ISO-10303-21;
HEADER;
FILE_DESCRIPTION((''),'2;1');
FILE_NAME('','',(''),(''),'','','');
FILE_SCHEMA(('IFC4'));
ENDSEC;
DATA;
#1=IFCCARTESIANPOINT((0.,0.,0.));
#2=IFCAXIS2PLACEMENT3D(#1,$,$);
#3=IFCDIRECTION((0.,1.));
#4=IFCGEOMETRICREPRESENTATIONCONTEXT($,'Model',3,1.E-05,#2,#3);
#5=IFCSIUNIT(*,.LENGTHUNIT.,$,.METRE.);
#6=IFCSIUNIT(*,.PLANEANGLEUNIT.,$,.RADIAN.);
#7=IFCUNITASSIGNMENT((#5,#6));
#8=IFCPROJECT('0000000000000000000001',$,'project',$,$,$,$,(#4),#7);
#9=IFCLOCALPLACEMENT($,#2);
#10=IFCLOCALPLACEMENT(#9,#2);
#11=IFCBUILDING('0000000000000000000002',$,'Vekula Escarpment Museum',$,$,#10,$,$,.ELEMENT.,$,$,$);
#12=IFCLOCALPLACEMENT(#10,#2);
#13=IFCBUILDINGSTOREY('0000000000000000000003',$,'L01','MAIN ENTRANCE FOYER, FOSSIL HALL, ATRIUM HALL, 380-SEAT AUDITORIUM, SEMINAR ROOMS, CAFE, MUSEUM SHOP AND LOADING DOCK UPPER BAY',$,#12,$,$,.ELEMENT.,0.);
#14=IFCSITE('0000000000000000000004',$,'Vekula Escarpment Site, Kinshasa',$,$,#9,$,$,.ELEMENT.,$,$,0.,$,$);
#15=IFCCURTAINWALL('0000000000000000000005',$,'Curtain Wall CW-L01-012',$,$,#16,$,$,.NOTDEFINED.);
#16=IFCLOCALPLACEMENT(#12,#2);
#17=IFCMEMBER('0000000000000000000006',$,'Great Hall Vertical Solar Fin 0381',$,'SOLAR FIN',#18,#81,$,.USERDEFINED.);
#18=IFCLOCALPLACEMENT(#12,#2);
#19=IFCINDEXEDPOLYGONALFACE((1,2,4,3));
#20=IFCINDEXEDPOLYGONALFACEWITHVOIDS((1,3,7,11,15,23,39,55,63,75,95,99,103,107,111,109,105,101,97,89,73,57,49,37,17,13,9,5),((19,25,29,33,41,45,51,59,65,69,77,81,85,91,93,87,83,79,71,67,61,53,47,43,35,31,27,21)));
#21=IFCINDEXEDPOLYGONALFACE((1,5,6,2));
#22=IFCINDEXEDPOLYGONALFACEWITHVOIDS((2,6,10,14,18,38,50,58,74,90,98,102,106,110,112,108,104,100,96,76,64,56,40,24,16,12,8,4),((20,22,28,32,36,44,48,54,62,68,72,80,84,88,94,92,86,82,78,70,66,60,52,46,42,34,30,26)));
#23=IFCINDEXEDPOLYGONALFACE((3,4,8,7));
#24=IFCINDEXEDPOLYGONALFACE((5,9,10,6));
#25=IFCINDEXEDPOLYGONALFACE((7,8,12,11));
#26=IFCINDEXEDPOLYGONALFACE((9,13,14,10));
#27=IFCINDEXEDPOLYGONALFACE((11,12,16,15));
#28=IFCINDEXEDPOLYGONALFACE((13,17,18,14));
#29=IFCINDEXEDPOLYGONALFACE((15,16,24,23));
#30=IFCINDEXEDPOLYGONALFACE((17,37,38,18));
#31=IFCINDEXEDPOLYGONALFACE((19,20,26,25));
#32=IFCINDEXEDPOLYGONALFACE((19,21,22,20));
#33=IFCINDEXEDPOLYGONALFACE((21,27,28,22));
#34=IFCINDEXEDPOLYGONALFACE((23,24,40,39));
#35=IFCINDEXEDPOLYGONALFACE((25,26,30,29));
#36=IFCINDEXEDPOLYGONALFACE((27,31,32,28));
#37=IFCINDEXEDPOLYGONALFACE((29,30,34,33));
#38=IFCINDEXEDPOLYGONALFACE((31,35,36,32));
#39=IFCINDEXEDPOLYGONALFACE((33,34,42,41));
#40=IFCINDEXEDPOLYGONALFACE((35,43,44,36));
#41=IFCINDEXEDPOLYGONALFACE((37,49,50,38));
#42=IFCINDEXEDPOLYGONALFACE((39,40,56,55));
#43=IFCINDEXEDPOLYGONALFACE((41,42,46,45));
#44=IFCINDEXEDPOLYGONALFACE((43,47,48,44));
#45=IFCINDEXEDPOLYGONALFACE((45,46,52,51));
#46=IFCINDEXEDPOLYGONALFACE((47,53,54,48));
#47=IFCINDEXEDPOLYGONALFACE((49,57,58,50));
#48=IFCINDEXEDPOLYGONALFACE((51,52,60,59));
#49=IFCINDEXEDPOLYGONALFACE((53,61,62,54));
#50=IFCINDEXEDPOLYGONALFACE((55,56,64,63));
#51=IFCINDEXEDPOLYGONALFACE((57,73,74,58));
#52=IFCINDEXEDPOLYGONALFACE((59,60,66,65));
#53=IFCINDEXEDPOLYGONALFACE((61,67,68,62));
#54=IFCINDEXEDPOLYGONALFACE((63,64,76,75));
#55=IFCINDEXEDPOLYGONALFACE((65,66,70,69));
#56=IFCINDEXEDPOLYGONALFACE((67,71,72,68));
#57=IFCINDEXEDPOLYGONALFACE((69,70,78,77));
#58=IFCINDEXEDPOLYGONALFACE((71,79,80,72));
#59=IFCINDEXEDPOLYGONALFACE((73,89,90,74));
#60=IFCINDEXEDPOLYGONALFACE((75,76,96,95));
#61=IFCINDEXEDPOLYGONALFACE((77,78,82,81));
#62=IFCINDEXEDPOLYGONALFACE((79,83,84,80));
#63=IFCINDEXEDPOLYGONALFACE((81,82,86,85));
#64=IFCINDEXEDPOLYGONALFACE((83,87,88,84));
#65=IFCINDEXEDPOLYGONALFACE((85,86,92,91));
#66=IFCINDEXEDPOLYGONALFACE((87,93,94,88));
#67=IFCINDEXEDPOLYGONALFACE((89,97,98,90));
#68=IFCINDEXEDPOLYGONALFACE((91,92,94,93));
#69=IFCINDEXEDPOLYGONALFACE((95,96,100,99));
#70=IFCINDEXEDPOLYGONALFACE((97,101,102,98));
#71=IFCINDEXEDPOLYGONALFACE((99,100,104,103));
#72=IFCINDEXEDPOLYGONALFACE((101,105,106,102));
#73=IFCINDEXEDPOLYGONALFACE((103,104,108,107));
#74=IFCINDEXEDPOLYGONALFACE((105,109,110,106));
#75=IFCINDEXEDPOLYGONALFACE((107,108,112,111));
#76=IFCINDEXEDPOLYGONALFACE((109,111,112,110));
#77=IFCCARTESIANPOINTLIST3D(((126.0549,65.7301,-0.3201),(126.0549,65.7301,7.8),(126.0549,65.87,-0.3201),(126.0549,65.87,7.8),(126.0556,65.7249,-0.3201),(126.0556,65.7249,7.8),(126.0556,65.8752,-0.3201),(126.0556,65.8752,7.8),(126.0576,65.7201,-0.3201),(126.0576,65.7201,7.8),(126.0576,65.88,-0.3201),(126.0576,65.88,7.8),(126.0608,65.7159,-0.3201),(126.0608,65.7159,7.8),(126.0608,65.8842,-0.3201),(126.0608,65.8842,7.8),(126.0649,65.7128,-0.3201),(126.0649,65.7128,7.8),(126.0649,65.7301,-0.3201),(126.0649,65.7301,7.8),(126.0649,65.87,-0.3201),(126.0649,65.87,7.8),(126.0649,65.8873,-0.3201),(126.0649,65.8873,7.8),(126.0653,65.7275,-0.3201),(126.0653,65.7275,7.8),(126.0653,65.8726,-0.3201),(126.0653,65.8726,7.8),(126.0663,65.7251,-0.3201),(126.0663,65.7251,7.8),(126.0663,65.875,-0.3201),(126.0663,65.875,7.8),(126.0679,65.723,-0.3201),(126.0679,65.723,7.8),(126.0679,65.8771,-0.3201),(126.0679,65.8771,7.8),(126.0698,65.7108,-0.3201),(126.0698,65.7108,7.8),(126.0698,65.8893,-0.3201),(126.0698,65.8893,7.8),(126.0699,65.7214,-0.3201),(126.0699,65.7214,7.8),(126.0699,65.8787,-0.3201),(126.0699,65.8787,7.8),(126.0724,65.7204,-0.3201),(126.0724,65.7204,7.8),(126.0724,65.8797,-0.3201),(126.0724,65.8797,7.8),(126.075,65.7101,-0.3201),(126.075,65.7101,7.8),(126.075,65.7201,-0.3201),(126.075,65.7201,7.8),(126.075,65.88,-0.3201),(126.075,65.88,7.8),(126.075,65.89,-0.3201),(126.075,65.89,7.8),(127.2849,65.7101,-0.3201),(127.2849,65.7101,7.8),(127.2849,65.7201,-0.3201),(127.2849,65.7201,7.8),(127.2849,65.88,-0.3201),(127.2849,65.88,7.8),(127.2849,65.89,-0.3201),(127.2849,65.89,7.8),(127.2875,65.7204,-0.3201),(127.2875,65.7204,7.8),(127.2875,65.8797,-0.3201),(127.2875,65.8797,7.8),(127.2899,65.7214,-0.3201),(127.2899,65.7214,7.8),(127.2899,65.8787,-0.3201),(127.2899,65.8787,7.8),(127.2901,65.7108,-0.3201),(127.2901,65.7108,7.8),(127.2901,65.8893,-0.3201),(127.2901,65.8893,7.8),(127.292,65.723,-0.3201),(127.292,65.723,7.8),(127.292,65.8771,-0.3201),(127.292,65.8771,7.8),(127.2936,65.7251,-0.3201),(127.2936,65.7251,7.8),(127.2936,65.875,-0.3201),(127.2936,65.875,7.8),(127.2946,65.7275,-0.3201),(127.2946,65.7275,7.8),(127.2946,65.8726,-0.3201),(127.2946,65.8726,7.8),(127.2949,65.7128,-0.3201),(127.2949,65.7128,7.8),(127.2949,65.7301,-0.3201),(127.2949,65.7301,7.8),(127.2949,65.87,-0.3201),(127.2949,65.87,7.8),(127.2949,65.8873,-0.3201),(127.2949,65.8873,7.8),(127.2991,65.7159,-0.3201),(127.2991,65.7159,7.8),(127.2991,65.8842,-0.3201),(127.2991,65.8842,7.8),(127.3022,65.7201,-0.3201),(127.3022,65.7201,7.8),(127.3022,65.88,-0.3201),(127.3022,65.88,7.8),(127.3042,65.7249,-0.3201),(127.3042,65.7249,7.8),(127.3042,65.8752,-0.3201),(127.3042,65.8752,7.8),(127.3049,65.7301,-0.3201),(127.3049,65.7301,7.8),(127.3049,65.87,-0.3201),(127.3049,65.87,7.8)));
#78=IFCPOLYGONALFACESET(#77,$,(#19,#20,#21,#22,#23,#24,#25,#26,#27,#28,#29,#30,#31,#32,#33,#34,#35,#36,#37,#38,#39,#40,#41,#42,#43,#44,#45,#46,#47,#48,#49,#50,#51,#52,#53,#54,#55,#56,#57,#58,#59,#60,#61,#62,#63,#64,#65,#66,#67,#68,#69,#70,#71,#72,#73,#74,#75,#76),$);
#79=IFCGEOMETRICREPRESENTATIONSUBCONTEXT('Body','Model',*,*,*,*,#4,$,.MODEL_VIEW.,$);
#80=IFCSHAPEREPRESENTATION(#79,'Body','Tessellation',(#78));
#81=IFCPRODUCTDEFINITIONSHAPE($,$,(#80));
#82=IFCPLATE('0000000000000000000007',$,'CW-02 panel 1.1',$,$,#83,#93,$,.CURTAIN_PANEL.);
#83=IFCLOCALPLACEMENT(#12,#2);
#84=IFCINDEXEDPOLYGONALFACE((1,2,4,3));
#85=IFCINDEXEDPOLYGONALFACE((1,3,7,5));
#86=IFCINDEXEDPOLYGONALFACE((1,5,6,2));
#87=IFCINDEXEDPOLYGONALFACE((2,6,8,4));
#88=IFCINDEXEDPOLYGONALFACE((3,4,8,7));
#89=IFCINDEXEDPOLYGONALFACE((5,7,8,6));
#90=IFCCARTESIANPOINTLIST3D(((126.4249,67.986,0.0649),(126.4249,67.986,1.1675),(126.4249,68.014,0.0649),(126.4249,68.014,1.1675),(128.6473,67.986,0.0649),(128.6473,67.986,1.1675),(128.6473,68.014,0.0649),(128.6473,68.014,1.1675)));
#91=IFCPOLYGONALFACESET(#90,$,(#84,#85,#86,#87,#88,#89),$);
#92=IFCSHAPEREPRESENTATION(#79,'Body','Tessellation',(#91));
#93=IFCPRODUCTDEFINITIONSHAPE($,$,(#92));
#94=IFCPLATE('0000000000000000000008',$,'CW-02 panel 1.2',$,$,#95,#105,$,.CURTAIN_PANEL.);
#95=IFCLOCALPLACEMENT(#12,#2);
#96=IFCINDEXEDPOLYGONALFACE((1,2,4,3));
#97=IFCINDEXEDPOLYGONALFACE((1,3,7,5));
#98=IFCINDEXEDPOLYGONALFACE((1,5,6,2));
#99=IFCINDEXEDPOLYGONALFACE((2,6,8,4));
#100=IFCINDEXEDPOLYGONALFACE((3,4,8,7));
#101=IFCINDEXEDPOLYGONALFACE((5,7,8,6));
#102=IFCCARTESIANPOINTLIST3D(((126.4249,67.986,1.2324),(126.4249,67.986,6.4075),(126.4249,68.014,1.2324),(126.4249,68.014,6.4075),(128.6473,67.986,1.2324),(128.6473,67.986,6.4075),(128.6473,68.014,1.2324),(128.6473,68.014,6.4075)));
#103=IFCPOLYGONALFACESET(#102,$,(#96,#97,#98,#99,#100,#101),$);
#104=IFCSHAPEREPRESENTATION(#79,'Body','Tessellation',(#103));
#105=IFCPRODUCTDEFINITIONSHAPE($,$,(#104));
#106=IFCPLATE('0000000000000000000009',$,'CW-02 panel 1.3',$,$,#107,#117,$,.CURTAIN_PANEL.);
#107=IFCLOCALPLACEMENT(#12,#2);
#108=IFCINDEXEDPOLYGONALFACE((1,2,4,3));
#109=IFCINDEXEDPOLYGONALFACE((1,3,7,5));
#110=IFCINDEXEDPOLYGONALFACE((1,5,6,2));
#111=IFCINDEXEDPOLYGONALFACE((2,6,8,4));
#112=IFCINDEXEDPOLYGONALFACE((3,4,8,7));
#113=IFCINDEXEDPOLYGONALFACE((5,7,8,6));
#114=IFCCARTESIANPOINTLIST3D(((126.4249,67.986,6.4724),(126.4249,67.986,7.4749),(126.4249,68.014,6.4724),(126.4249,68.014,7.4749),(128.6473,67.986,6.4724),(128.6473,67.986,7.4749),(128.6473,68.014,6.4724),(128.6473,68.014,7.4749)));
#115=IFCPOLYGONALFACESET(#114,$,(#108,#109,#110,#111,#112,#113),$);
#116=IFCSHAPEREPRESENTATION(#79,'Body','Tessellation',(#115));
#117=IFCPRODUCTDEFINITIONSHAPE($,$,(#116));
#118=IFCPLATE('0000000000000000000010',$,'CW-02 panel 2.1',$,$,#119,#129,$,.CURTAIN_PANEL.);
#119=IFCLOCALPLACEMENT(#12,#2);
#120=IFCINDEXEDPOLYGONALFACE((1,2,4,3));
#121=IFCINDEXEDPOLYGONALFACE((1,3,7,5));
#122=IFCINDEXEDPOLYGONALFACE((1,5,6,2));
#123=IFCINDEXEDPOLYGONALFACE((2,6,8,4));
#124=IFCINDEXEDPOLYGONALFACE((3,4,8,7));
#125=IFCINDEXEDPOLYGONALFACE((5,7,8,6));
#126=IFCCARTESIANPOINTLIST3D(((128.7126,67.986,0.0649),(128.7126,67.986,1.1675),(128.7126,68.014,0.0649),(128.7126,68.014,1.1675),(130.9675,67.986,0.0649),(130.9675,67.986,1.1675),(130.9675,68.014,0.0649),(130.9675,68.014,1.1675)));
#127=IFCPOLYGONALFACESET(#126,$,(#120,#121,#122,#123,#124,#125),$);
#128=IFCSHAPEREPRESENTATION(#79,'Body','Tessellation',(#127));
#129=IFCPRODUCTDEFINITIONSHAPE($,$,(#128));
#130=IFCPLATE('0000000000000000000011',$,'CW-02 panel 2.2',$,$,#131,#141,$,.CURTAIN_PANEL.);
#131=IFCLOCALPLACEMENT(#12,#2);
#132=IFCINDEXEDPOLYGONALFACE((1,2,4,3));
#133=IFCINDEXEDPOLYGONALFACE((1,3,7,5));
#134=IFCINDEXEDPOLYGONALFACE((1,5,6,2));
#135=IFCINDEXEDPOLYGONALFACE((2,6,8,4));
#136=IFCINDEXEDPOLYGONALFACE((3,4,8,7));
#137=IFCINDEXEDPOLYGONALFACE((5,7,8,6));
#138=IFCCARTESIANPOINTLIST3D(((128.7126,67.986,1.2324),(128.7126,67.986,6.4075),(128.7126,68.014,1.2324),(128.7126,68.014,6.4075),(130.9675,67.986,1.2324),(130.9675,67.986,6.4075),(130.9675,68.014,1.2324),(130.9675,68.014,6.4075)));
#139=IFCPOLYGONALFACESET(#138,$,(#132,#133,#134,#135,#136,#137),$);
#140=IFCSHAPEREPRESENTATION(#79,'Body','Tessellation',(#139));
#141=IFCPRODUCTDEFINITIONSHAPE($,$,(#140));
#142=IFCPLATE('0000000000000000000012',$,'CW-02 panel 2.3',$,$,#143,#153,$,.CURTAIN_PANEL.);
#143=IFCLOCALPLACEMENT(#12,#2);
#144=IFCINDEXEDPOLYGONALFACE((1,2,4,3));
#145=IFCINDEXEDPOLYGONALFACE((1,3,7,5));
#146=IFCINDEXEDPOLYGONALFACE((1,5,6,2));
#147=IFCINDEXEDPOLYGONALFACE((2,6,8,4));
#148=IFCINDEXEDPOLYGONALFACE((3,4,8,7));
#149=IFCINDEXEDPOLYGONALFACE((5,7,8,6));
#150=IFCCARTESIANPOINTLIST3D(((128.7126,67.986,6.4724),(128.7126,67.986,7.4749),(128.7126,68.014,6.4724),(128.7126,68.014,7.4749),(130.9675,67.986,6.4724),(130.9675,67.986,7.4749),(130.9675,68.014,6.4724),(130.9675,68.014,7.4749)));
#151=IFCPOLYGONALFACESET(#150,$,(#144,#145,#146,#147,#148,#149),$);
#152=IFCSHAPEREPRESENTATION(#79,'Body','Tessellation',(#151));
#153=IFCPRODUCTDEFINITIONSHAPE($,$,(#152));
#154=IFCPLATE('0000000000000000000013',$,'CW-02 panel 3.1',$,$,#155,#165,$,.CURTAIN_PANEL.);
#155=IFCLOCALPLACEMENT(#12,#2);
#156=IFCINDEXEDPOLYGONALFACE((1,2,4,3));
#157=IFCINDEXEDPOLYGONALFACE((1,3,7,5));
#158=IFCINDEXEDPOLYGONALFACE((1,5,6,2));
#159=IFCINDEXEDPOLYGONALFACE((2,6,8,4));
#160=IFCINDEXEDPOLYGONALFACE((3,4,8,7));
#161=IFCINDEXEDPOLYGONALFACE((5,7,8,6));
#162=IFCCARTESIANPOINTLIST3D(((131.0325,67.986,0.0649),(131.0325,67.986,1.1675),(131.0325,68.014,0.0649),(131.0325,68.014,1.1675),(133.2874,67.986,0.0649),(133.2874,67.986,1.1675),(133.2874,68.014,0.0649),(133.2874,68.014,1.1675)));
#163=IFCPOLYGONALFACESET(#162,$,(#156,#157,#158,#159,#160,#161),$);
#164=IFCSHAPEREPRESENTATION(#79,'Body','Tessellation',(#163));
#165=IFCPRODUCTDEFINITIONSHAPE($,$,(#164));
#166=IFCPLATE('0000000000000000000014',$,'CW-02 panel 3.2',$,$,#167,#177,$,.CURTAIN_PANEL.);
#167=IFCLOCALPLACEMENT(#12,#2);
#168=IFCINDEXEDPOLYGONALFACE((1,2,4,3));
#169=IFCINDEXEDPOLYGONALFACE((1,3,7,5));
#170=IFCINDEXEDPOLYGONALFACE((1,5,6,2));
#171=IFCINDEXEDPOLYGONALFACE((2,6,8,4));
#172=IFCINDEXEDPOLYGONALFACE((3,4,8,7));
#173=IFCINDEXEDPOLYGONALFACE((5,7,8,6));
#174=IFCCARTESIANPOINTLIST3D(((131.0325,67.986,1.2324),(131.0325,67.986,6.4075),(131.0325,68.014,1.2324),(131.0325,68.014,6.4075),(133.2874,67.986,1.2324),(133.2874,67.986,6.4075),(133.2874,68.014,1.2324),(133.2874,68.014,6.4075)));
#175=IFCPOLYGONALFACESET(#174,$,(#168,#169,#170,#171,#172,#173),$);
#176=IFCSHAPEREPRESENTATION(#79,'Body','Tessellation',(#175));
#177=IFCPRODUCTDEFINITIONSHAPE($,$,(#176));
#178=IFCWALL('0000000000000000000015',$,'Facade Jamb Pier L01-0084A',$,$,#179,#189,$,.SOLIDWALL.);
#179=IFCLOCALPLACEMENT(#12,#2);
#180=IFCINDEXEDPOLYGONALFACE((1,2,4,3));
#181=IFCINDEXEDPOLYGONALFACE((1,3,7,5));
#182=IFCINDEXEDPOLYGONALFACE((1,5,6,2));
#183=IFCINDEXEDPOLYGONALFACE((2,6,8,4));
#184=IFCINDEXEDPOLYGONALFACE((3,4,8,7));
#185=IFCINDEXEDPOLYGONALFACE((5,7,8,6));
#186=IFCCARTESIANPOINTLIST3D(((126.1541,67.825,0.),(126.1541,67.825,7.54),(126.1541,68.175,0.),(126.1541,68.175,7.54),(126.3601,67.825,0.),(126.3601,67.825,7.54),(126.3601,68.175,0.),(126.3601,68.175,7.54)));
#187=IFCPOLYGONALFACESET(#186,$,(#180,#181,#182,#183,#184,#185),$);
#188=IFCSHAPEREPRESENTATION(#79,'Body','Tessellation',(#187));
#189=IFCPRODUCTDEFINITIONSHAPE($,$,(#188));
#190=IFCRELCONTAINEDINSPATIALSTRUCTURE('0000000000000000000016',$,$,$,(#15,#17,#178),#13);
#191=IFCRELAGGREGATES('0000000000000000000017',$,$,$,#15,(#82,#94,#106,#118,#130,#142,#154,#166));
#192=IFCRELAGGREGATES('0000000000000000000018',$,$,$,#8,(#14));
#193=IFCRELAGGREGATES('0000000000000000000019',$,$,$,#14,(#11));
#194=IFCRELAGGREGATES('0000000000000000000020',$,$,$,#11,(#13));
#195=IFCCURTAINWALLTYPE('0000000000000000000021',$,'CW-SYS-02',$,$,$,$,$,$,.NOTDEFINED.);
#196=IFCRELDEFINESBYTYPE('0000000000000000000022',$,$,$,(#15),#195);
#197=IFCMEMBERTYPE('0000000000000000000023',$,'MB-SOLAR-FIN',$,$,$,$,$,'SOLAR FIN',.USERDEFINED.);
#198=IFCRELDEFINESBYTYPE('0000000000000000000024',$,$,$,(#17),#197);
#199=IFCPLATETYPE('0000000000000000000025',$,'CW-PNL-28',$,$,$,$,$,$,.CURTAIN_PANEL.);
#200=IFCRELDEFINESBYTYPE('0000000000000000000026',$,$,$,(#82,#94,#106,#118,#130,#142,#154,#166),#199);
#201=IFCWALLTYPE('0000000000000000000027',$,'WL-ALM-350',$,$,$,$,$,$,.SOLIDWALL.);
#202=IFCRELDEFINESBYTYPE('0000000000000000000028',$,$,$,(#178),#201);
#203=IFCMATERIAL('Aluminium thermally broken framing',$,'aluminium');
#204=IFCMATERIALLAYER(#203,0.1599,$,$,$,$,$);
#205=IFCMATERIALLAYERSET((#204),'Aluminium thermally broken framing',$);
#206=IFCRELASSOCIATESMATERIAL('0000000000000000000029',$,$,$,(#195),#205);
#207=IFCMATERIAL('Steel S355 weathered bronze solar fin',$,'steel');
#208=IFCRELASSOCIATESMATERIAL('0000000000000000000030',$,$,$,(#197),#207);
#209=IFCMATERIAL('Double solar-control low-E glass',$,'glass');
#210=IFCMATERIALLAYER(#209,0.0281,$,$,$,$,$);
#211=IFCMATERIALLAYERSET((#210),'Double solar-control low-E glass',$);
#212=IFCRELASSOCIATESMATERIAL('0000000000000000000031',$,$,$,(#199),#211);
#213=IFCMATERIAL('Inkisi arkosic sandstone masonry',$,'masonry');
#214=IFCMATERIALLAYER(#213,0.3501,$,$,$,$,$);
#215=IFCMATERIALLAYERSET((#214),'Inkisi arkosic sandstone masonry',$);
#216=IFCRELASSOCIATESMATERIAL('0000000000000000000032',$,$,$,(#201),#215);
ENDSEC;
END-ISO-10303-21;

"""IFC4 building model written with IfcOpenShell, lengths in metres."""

from ifc_helpers import new_model, si_unit, direction, frame, frame_2d, origin, origin_2d, place, context, subcontext, project, spatial, rectangle, hollow_rectangle, extrude, material, layer, layer_set, material_profile, profile_set, type_object, element, aggregate, save


model = new_model("IFC4")

# Units and contexts
model_context = context("Model", 3, precision=1e-05, world=origin(), true_north=direction((0.0, 1.0)))
body_context = subcontext(model_context, "Body", "Model", "MODEL_VIEW")
ifc_project = project(units=[si_unit("LENGTHUNIT", "METRE"), si_unit("PLANEANGLEUNIT", "RADIAN")], contexts=[model_context])

# Site, building, storey
site_placement = place(None, origin())
site = spatial("IfcSite", under=ifc_project, at=site_placement, Name="Vekula Escarpment Site, Kinshasa", CompositionType="ELEMENT", RefElevation=0.0)
building_placement = place(site_placement, origin())
building = spatial("IfcBuilding", under=site, at=building_placement, Name="Vekula Escarpment Museum", CompositionType="ELEMENT")
storey_placement = place(building_placement, origin())
storey = spatial("IfcBuildingStorey", under=building, at=storey_placement, Name="L01", Description="MAIN ENTRANCE FOYER, FOSSIL HALL, ATRIUM HALL, 380-SEAT AUDITORIUM, SEMINAR ROOMS, CAFE, MUSEUM SHOP AND LOADING DOCK UPPER BAY", CompositionType="ELEMENT", Elevation=0.0)

# Curtain wall
ifc_material_1 = material(Name="Aluminium thermally broken framing", Category="aluminium")
ifc_layer_1 = layer(ifc_material_1, 0.1599)
ifc_layer_set_1 = layer_set([ifc_layer_1], Name="Aluminium thermally broken framing")
curtain_wall_type = type_object("IfcCurtainWallType", Name="CW-SYS-02", PredefinedType="NOTDEFINED", material=ifc_layer_set_1)
curtain_wall_placement = place(storey_placement, origin())
curtain_wall = element("IfcCurtainWall", 1, at=curtain_wall_placement, inside=storey, type_object=curtain_wall_type, Name="Curtain Wall CW-L01-012", PredefinedType="NOTDEFINED")

# Member
ifc_material_2 = material(Name="Steel S355 weathered bronze solar fin", Category="steel")
ifc_material_profile_1 = material_profile(ifc_material_2, hollow_rectangle(XDim=0.1799, YDim=1.25, WallThickness=0.01, InnerFilletRadius=0.01, OuterFilletRadius=0.02, at=origin_2d()), Name="RHS 1250x180x10")
ifc_profile_set_1 = profile_set([ifc_material_profile_1], Name="Steel S355 weathered bronze solar fin")
member_type_1 = type_object("IfcMemberType", Name="MB-SOLAR-FIN", ElementType="SOLAR FIN", PredefinedType="USERDEFINED", material=ifc_profile_set_1)
for number, where, z_axis, x_axis, name in (
    (2, (126.6799, 65.8, -0.3201), (0.0, 0.0, 1.0), (0.0, 1.0, 0.0), "Great Hall Vertical Solar Fin 0381"),
):
    element("IfcMember", number, at=place(storey_placement, frame(where, z_axis=z_axis, x_axis=x_axis)), inside=storey, type_object=member_type_1, Name=name, ObjectType="SOLAR FIN", PredefinedType="USERDEFINED", context=body_context, shape_type="SweptSolid", body=[
        extrude(hollow_rectangle(XDim=0.1799, YDim=1.25, WallThickness=0.01, InnerFilletRadius=0.01, OuterFilletRadius=0.02, at=origin_2d()), origin(), (0.0, 0.0, 1.0), 8.1201),
    ])

# Plates
ifc_material_3 = material(Name="Double solar-control low-E glass", Category="glass")
ifc_layer_2 = layer(ifc_material_3, 0.0281)
ifc_layer_set_2 = layer_set([ifc_layer_2], Name="Double solar-control low-E glass")
plate_type = type_object("IfcPlateType", Name="CW-PNL-28", PredefinedType="CURTAIN_PANEL", material=ifc_layer_set_2)
plate_1_placement = place(storey_placement, frame((127.5361, 68.0, 0.0649), z_axis=(0.0, 0.0, 1.0), x_axis=(1.0, 0.0, 0.0)))
plate_1 = element("IfcPlate", 3, at=plate_1_placement, type_object=plate_type, Name="CW-02 panel 1.1", PredefinedType="CURTAIN_PANEL", context=body_context, shape_type="SweptSolid", body=[
    extrude(rectangle(XDim=2.2224, YDim=0.0281, at=origin_2d()), origin(), (0.0, 0.0, 1.0), 1.1025),
])
plate_2_placement = place(storey_placement, frame((127.5361, 68.0, 1.2324), z_axis=(0.0, 0.0, 1.0), x_axis=(1.0, 0.0, 0.0)))
plate_2 = element("IfcPlate", 4, at=plate_2_placement, type_object=plate_type, Name="CW-02 panel 1.2", PredefinedType="CURTAIN_PANEL", context=body_context, shape_type="SweptSolid", body=[
    extrude(rectangle(XDim=2.2224, YDim=0.0281, at=origin_2d()), origin(), (0.0, 0.0, 1.0), 5.175),
])
plate_3_placement = place(storey_placement, frame((127.5361, 68.0, 6.4724), z_axis=(0.0, 0.0, 1.0), x_axis=(1.0, 0.0, 0.0)))
plate_3 = element("IfcPlate", 5, at=plate_3_placement, type_object=plate_type, Name="CW-02 panel 1.3", PredefinedType="CURTAIN_PANEL", context=body_context, shape_type="SweptSolid", body=[
    extrude(rectangle(XDim=2.2224, YDim=0.0281, at=origin_2d()), origin(), (0.0, 0.0, 1.0), 1.0024),
])
plate_4_placement = place(storey_placement, frame((129.8401, 68.0, 0.0649), z_axis=(0.0, 0.0, 1.0), x_axis=(1.0, 0.0, 0.0)))
plate_4 = element("IfcPlate", 6, at=plate_4_placement, type_object=plate_type, Name="CW-02 panel 2.1", PredefinedType="CURTAIN_PANEL", context=body_context, shape_type="SweptSolid", body=[
    extrude(rectangle(XDim=2.2549, YDim=0.0281, at=origin_2d()), origin(), (0.0, 0.0, 1.0), 1.1025),
])
plate_5_placement = place(storey_placement, frame((129.8401, 68.0, 1.2324), z_axis=(0.0, 0.0, 1.0), x_axis=(1.0, 0.0, 0.0)))
plate_5 = element("IfcPlate", 7, at=plate_5_placement, type_object=plate_type, Name="CW-02 panel 2.2", PredefinedType="CURTAIN_PANEL", context=body_context, shape_type="SweptSolid", body=[
    extrude(rectangle(XDim=2.2549, YDim=0.0281, at=origin_2d()), origin(), (0.0, 0.0, 1.0), 5.175),
])
plate_6_placement = place(storey_placement, frame((129.8401, 68.0, 6.4724), z_axis=(0.0, 0.0, 1.0), x_axis=(1.0, 0.0, 0.0)))
plate_6 = element("IfcPlate", 8, at=plate_6_placement, type_object=plate_type, Name="CW-02 panel 2.3", PredefinedType="CURTAIN_PANEL", context=body_context, shape_type="SweptSolid", body=[
    extrude(rectangle(XDim=2.2549, YDim=0.0281, at=origin_2d()), origin(), (0.0, 0.0, 1.0), 1.0024),
])
plate_7_placement = place(storey_placement, frame((132.1599, 68.0, 0.0649), z_axis=(0.0, 0.0, 1.0), x_axis=(1.0, 0.0, 0.0)))
plate_7 = element("IfcPlate", 9, at=plate_7_placement, type_object=plate_type, Name="CW-02 panel 3.1", PredefinedType="CURTAIN_PANEL", context=body_context, shape_type="SweptSolid", body=[
    extrude(rectangle(XDim=2.2549, YDim=0.0281, at=origin_2d()), origin(), (0.0, 0.0, 1.0), 1.1025),
])
plate_8_placement = place(storey_placement, frame((132.1599, 68.0, 1.2324), z_axis=(0.0, 0.0, 1.0), x_axis=(1.0, 0.0, 0.0)))
plate_8 = element("IfcPlate", 10, at=plate_8_placement, type_object=plate_type, Name="CW-02 panel 3.2", PredefinedType="CURTAIN_PANEL", context=body_context, shape_type="SweptSolid", body=[
    extrude(rectangle(XDim=2.2549, YDim=0.0281, at=origin_2d()), origin(), (0.0, 0.0, 1.0), 5.175),
])
aggregate(curtain_wall, [plate_1, plate_2, plate_3, plate_4, plate_5, plate_6, plate_7, plate_8])

# Wall
ifc_material_4 = material(Name="Inkisi arkosic sandstone masonry", Category="masonry")
ifc_layer_3 = layer(ifc_material_4, 0.3501)
ifc_layer_set_3 = layer_set([ifc_layer_3], Name="Inkisi arkosic sandstone masonry")
wall_type = type_object("IfcWallType", Name="WL-ALM-350", PredefinedType="SOLIDWALL", material=ifc_layer_set_3)
wall_placement = place(storey_placement, frame((126.1541, 68.0, 0.0), z_axis=(0.0, 0.0, 1.0), x_axis=(1.0, 0.0, 0.0)))
element("IfcWall", 11, at=wall_placement, inside=storey, type_object=wall_type, Name="Facade Jamb Pier L01-0084A", PredefinedType="SOLIDWALL", context=body_context, shape_type="SweptSolid", body=[
    extrude(rectangle(XDim=0.2061, YDim=0.3501, at=frame_2d((0.103, 0.0))), origin(), (0.0, 0.0, 1.0), 7.54),
])

save(model, "model.ifc")
